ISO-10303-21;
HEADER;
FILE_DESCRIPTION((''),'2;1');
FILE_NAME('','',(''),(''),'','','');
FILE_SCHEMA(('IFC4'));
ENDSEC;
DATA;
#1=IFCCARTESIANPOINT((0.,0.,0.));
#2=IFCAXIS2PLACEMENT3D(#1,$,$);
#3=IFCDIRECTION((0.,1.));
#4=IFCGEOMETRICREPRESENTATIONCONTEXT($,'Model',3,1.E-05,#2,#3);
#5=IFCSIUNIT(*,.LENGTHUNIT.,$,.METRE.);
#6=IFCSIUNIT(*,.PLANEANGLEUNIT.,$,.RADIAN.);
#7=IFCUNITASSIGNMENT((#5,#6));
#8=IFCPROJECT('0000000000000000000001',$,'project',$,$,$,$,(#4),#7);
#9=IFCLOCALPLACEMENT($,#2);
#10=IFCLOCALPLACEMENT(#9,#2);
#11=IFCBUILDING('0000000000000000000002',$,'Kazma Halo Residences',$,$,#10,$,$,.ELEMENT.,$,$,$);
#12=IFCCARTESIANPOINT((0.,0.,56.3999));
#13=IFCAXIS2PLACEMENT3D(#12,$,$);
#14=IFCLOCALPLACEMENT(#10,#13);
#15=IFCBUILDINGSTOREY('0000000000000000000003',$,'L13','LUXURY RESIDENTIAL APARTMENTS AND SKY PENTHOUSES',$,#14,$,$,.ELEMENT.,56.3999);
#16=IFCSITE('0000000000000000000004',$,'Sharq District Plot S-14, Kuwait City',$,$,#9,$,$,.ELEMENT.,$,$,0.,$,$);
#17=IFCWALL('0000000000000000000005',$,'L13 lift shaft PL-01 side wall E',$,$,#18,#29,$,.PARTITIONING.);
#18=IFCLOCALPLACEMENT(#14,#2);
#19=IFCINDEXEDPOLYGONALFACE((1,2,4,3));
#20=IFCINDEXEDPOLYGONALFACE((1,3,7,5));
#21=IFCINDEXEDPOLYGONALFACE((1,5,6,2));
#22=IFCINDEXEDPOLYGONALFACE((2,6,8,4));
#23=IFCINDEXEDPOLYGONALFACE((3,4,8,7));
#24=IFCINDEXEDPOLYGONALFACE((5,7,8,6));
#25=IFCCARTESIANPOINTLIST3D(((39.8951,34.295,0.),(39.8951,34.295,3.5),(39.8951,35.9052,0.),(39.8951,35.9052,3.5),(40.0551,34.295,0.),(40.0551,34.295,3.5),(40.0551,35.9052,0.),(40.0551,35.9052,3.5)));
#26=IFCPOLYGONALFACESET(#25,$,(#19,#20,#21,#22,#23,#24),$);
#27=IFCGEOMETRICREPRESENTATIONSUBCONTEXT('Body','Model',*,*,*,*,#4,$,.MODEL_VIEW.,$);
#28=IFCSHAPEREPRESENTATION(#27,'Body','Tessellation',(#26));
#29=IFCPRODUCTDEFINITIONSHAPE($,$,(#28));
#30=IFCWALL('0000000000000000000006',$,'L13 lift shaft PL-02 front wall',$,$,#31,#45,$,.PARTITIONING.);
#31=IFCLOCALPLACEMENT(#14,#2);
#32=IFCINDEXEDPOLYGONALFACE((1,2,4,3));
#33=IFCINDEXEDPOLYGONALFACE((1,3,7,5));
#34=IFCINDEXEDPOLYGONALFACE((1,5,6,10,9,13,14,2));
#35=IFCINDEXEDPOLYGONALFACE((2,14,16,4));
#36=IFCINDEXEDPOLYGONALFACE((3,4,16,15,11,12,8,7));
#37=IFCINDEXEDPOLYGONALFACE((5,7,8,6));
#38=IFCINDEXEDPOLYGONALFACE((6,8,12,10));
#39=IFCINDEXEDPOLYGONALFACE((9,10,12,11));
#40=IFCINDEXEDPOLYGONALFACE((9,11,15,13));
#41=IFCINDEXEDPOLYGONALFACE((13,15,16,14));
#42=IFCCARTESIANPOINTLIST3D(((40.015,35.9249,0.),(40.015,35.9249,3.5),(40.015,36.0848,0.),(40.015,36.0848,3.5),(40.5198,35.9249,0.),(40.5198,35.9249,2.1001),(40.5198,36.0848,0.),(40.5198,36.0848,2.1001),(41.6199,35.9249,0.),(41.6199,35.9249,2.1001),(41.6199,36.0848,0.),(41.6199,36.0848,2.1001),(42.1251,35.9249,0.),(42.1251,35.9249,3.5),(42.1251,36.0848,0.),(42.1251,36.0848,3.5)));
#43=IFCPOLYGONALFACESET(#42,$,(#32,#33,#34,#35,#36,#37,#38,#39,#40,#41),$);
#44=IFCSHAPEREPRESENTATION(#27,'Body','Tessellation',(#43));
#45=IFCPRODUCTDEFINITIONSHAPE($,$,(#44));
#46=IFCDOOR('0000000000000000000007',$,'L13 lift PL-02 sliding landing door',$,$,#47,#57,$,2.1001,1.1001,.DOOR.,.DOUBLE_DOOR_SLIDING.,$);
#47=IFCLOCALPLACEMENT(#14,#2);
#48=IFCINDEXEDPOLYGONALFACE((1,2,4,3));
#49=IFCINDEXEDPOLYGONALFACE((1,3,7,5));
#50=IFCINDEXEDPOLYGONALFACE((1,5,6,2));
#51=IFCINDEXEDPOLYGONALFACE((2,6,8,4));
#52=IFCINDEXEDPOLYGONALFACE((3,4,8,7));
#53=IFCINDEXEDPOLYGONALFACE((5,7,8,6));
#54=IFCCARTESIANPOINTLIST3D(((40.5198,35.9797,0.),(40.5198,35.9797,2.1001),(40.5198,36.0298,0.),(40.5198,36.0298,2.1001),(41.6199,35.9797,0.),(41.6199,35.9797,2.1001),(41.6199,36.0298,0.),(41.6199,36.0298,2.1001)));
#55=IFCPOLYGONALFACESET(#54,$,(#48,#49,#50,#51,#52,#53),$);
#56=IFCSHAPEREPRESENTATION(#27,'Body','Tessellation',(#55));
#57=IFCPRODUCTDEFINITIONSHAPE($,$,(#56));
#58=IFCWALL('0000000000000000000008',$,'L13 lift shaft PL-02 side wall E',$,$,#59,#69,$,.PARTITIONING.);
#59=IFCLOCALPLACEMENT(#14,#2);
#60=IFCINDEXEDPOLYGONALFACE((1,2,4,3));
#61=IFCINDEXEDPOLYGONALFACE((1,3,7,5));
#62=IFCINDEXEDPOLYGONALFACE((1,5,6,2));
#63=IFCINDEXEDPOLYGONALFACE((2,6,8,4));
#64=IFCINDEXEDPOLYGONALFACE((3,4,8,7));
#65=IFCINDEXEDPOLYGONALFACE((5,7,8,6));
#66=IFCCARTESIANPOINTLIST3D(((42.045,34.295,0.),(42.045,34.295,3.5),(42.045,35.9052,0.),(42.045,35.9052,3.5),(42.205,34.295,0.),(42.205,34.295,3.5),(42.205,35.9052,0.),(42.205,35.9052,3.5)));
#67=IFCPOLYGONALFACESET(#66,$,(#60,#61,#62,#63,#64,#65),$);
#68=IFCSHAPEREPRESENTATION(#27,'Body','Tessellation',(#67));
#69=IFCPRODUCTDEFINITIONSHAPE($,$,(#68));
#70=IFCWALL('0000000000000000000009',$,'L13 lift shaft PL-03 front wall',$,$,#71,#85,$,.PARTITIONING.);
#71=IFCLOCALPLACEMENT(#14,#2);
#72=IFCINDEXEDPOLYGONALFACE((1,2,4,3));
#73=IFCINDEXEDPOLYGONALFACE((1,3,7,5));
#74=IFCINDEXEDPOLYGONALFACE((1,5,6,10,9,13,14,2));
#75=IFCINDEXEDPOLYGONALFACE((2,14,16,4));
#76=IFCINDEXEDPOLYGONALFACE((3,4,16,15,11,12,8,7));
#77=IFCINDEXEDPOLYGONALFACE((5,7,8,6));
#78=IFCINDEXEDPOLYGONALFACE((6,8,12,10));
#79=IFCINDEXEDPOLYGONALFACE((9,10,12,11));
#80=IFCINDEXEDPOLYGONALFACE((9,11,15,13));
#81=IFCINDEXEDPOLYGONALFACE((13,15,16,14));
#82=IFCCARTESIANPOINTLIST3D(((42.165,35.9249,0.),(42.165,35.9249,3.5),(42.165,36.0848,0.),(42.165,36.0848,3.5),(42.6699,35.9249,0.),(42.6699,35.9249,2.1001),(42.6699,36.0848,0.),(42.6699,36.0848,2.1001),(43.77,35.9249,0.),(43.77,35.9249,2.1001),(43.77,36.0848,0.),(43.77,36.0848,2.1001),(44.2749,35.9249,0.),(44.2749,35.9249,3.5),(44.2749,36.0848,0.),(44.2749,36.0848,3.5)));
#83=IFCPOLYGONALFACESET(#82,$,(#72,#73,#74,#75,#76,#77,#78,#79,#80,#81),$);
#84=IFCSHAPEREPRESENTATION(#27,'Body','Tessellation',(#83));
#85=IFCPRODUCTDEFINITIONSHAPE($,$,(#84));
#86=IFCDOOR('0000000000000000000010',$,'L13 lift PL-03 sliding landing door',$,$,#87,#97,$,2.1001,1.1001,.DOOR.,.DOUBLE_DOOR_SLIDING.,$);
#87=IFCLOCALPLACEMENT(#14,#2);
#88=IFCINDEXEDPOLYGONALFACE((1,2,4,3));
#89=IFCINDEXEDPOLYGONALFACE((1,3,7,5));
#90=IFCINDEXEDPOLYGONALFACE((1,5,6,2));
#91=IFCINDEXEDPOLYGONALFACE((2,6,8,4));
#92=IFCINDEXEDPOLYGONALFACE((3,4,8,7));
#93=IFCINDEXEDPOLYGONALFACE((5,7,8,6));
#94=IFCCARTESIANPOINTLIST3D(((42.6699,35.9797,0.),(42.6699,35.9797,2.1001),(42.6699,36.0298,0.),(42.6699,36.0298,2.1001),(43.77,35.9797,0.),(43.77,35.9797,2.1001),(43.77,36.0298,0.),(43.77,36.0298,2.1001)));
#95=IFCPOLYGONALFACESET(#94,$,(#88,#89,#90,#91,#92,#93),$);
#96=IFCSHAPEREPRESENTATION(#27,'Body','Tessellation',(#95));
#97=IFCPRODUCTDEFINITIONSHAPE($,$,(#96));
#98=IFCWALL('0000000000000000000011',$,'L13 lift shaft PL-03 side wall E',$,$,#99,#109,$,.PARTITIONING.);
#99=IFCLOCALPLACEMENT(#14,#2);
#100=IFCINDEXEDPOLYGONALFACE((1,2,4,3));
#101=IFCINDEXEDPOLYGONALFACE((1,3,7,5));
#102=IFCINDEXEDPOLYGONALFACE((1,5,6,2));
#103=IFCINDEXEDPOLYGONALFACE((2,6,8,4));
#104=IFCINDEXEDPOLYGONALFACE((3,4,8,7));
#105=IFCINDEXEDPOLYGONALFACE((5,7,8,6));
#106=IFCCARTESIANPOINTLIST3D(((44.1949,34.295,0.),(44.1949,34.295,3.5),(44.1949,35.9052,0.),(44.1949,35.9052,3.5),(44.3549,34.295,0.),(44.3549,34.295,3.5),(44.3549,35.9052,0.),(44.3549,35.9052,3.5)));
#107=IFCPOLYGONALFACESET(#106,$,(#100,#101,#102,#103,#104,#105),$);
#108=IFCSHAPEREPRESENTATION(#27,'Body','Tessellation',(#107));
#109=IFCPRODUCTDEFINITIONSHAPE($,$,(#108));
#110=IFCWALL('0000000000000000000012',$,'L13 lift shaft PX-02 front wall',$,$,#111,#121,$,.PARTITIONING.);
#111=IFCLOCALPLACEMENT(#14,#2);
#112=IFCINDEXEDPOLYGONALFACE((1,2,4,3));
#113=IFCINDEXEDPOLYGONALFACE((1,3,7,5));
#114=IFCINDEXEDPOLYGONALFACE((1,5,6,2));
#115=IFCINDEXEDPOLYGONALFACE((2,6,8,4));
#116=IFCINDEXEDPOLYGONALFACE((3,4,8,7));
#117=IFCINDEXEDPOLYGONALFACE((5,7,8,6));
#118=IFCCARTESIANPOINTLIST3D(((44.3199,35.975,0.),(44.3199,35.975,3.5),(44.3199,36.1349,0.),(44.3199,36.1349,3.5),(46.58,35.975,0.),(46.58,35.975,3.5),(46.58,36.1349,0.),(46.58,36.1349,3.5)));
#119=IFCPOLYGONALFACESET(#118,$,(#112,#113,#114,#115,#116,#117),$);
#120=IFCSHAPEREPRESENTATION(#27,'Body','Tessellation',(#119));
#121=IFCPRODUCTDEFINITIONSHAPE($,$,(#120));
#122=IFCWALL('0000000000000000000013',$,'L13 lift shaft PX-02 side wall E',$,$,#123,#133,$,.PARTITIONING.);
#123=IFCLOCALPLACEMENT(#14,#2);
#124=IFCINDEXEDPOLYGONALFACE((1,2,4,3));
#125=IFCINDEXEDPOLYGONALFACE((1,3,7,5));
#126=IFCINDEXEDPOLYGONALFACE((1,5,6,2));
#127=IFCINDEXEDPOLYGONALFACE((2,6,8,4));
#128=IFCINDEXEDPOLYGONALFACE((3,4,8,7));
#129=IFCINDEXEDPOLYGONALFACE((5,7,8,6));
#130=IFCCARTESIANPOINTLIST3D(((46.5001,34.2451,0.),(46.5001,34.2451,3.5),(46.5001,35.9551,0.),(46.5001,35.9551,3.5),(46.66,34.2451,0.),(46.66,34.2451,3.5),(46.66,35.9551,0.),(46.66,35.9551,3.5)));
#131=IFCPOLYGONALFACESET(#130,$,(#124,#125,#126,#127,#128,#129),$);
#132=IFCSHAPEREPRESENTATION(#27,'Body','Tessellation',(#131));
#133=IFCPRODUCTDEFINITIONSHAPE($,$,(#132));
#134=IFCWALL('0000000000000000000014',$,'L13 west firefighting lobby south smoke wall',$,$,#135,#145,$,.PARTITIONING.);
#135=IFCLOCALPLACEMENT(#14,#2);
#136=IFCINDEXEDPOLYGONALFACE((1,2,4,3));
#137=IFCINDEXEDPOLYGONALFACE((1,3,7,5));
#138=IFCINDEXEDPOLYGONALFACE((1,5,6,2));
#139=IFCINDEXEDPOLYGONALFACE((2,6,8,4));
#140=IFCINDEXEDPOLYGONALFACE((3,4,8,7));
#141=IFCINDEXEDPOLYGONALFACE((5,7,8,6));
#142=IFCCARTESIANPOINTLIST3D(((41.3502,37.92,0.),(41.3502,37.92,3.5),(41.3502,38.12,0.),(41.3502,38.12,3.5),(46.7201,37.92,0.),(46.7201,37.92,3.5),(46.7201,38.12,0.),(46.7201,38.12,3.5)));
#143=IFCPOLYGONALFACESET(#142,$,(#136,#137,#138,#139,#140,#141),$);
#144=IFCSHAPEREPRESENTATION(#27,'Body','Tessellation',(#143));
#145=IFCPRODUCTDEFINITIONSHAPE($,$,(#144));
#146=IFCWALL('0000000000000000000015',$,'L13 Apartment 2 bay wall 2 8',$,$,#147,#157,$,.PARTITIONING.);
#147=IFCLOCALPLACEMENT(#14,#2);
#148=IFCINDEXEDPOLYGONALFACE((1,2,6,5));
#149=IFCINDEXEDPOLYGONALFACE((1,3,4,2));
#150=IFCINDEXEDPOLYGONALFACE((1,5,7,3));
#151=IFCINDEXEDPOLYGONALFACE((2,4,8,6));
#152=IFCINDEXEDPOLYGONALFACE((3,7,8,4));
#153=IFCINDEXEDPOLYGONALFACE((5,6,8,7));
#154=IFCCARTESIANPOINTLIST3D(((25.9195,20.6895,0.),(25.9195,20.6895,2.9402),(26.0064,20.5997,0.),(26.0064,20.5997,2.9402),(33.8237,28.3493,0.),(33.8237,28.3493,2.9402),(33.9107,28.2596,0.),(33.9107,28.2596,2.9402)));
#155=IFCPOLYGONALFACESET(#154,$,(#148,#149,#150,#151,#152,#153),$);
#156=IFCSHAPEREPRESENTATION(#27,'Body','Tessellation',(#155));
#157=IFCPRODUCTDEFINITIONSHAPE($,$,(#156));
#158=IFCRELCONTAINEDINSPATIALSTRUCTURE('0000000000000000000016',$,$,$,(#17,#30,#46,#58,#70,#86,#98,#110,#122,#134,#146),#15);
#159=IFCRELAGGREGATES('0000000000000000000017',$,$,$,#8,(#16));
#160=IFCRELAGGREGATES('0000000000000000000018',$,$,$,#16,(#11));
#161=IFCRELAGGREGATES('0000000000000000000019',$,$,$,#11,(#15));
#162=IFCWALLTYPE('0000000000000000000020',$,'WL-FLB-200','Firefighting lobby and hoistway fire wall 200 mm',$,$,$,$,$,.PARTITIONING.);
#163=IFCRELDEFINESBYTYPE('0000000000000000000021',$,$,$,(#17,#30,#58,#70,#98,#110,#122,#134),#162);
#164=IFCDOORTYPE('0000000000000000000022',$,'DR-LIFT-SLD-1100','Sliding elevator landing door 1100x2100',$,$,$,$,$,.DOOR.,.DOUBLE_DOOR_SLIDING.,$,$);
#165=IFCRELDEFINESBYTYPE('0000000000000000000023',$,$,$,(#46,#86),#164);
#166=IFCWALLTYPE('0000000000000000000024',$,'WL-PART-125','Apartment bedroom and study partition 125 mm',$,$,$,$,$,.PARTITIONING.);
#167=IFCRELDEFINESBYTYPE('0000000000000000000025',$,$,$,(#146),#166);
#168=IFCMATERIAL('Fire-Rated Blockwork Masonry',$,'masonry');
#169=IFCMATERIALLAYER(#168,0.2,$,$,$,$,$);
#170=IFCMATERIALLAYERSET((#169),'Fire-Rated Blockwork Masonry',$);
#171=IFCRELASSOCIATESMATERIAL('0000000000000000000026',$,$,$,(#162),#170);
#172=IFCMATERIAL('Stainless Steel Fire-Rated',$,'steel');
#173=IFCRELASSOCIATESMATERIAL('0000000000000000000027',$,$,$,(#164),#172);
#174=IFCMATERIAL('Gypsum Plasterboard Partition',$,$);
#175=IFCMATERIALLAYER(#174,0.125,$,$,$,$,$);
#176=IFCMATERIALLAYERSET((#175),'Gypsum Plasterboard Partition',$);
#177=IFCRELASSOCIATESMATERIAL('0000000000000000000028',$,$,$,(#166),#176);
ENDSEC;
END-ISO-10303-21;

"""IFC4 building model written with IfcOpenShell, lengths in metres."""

from ifc_helpers import new_model, si_unit, direction, frame, frame_2d, origin, place, context, subcontext, project, spatial, rectangle, extrude, material, layer, layer_set, type_object, element, fill, save


model = new_model("IFC4")

# Units and contexts
model_context = context("Model", 3, precision=1e-05, world=origin(), true_north=direction((0.0, 1.0)))
body_context = subcontext(model_context, "Body", "Model", "MODEL_VIEW")
ifc_project = project(units=[si_unit("LENGTHUNIT", "METRE"), si_unit("PLANEANGLEUNIT", "RADIAN")], contexts=[model_context])

# Site, building, storey
site_placement = place(None, origin())
site = spatial("IfcSite", under=ifc_project, at=site_placement, Name="Sharq District Plot S-14, Kuwait City", CompositionType="ELEMENT", RefElevation=0.0)
building_placement = place(site_placement, origin())
building = spatial("IfcBuilding", under=site, at=building_placement, Name="Kazma Halo Residences", CompositionType="ELEMENT")
storey_placement = place(building_placement, frame((0.0, 0.0, 56.3999)))
storey = spatial("IfcBuildingStorey", under=building, at=storey_placement, Name="L13", Description="LUXURY RESIDENTIAL APARTMENTS AND SKY PENTHOUSES", CompositionType="ELEMENT", Elevation=56.3999)

# Shared definitions
ifc_material_1 = material(Name="Fire-Rated Blockwork Masonry", Category="masonry")
ifc_layer_1 = layer(ifc_material_1, 0.2)
ifc_layer_set_1 = layer_set([ifc_layer_1], Name="Fire-Rated Blockwork Masonry")
wall_type_1 = type_object("IfcWallType", Name="WL-FLB-200", Description="Firefighting lobby and hoistway fire wall 200 mm", PredefinedType="PARTITIONING", material=ifc_layer_set_1)
ifc_material_2 = material(Name="Stainless Steel Fire-Rated", Category="steel")
door_type_1 = type_object("IfcDoorType", Name="DR-LIFT-SLD-1100", Description="Sliding elevator landing door 1100x2100", OperationType="DOUBLE_DOOR_SLIDING", PredefinedType="DOOR", material=ifc_material_2)

# Wall
wall_1_placement = place(storey_placement, frame((39.9751, 34.2949, 0.0), z_axis=(0.0, 0.0, 1.0), x_axis=(0.0, 1.0, 0.0)))
element("IfcWall", 1, at=wall_1_placement, inside=storey, type_object=wall_type_1, Name="L13 lift shaft PL-01 side wall E", PredefinedType="PARTITIONING", context=body_context, shape_type="SweptSolid", body=[
    extrude(rectangle(XDim=1.6101, YDim=0.1599, at=frame_2d((0.8052, 0.0))), origin(), (0.0, 0.0, 1.0), 3.5),
])

# Wall, opening, door
wall_2_placement = place(storey_placement, frame((40.0149, 36.0049, 0.0), z_axis=(0.0, 0.0, 1.0), x_axis=(1.0, 0.0, 0.0)))
wall_2 = element("IfcWall", 2, at=wall_2_placement, inside=storey, type_object=wall_type_1, Name="L13 lift shaft PL-02 front wall", PredefinedType="PARTITIONING", context=body_context, shape_type="SweptSolid", body=[
    extrude(rectangle(XDim=2.1101, YDim=0.1599, at=frame_2d((1.0552, 0.0))), origin(), (0.0, 0.0, 1.0), 3.5),
])
opening_1_placement = place(wall_2_placement, frame((0.5049, 0.0, 0.0)))
opening_1 = element("IfcOpeningElement", 3, at=opening_1_placement, cuts=wall_2, PredefinedType="OPENING", context=body_context, shape_type="SweptSolid", body=[
    extrude(rectangle(XDim=1.1001, YDim=2.1001, at=frame_2d((0.55, 1.05))), frame((0.0, 0.0898, 0.0), z_axis=(0.0, -1.0, 0.0), x_axis=(1.0, 0.0, 0.0)), (0.0, 0.0, 1.0), 0.1799),
])
door_1_placement = place(opening_1_placement, origin())
door_1 = element("IfcDoor", 4, at=door_1_placement, inside=storey, type_object=door_type_1, Name="L13 lift PL-02 sliding landing door", OperationType="DOUBLE_DOOR_SLIDING", OverallHeight=2.1001, OverallWidth=1.1001, PredefinedType="DOOR", context=body_context, shape_type="SweptSolid", body=[
    extrude(rectangle(XDim=1.1001, YDim=2.1001, at=frame_2d((0.55, 1.05))), frame((0.0, 0.0249, 0.0), z_axis=(0.0, -1.0, 0.0), x_axis=(1.0, 0.0, 0.0)), (0.0, 0.0, 1.0), 0.05),
])
fill(opening_1, door_1)

# Wall
wall_3_placement = place(storey_placement, frame((42.125, 34.2949, 0.0), z_axis=(0.0, 0.0, 1.0), x_axis=(0.0, 1.0, 0.0)))
element("IfcWall", 5, at=wall_3_placement, inside=storey, type_object=wall_type_1, Name="L13 lift shaft PL-02 side wall E", PredefinedType="PARTITIONING", context=body_context, shape_type="SweptSolid", body=[
    extrude(rectangle(XDim=1.6101, YDim=0.1599, at=frame_2d((0.8052, 0.0))), origin(), (0.0, 0.0, 1.0), 3.5),
])

# Wall, opening, door
wall_4_placement = place(storey_placement, frame((42.165, 36.0049, 0.0), z_axis=(0.0, 0.0, 1.0), x_axis=(1.0, 0.0, 0.0)))
wall_4 = element("IfcWall", 6, at=wall_4_placement, inside=storey, type_object=wall_type_1, Name="L13 lift shaft PL-03 front wall", PredefinedType="PARTITIONING", context=body_context, shape_type="SweptSolid", body=[
    extrude(rectangle(XDim=2.1099, YDim=0.1599, at=frame_2d((1.0549, 0.0))), origin(), (0.0, 0.0, 1.0), 3.5),
])
opening_2_placement = place(wall_4_placement, frame((0.5049, 0.0, 0.0)))
opening_2 = element("IfcOpeningElement", 7, at=opening_2_placement, cuts=wall_4, PredefinedType="OPENING", context=body_context, shape_type="SweptSolid", body=[
    extrude(rectangle(XDim=1.1001, YDim=2.1001, at=frame_2d((0.55, 1.05))), frame((0.0, 0.0898, 0.0), z_axis=(0.0, -1.0, 0.0), x_axis=(1.0, 0.0, 0.0)), (0.0, 0.0, 1.0), 0.1799),
])
door_2_placement = place(opening_2_placement, origin())
door_2 = element("IfcDoor", 8, at=door_2_placement, inside=storey, type_object=door_type_1, Name="L13 lift PL-03 sliding landing door", OperationType="DOUBLE_DOOR_SLIDING", OverallHeight=2.1001, OverallWidth=1.1001, PredefinedType="DOOR", context=body_context, shape_type="SweptSolid", body=[
    extrude(rectangle(XDim=1.1001, YDim=2.1001, at=frame_2d((0.55, 1.05))), frame((0.0, 0.0249, 0.0), z_axis=(0.0, -1.0, 0.0), x_axis=(1.0, 0.0, 0.0)), (0.0, 0.0, 1.0), 0.05),
])
fill(opening_2, door_2)

# Walls
wall_5_placement = place(storey_placement, frame((44.2749, 34.2949, 0.0), z_axis=(0.0, 0.0, 1.0), x_axis=(0.0, 1.0, 0.0)))
element("IfcWall", 9, at=wall_5_placement, inside=storey, type_object=wall_type_1, Name="L13 lift shaft PL-03 side wall E", PredefinedType="PARTITIONING", context=body_context, shape_type="SweptSolid", body=[
    extrude(rectangle(XDim=1.6101, YDim=0.1599, at=frame_2d((0.8052, 0.0))), origin(), (0.0, 0.0, 1.0), 3.5),
])
wall_6_placement = place(storey_placement, frame((44.3201, 36.0549, 0.0), z_axis=(0.0, 0.0, 1.0), x_axis=(1.0, 0.0, 0.0)))
element("IfcWall", 10, at=wall_6_placement, inside=storey, type_object=wall_type_1, Name="L13 lift shaft PX-02 front wall", PredefinedType="PARTITIONING", context=body_context, shape_type="SweptSolid", body=[
    extrude(rectangle(XDim=2.26, YDim=0.1599, at=frame_2d((1.1299, 0.0))), origin(), (0.0, 0.0, 1.0), 3.5),
])
wall_7_placement = place(storey_placement, frame((46.5801, 34.2451, 0.0), z_axis=(0.0, 0.0, 1.0), x_axis=(0.0, 1.0, 0.0)))
element("IfcWall", 11, at=wall_7_placement, inside=storey, type_object=wall_type_1, Name="L13 lift shaft PX-02 side wall E", PredefinedType="PARTITIONING", context=body_context, shape_type="SweptSolid", body=[
    extrude(rectangle(XDim=1.71, YDim=0.1599, at=frame_2d((0.855, 0.0))), origin(), (0.0, 0.0, 1.0), 3.5),
])
wall_8_placement = place(storey_placement, frame((41.3501, 38.02, 0.0), z_axis=(0.0, 0.0, 1.0), x_axis=(1.0, 0.0, 0.0)))
element("IfcWall", 12, at=wall_8_placement, inside=storey, type_object=wall_type_1, Name="L13 west firefighting lobby south smoke wall", PredefinedType="PARTITIONING", context=body_context, shape_type="SweptSolid", body=[
    extrude(rectangle(XDim=5.3699, YDim=0.2, at=frame_2d((2.6851, 0.0))), origin(), (0.0, 0.0, 1.0), 3.5),
])
ifc_material_3 = material(Name="Gypsum Plasterboard Partition")
ifc_layer_2 = layer(ifc_material_3, 0.125)
ifc_layer_set_2 = layer_set([ifc_layer_2], Name="Gypsum Plasterboard Partition")
wall_type_2 = type_object("IfcWallType", Name="WL-PART-125", Description="Apartment bedroom and study partition 125 mm", PredefinedType="PARTITIONING", material=ifc_layer_set_2)
wall_9_placement = place(storey_placement, frame((33.8672, 28.3044, 0.0), z_axis=(0.0, 0.0, 1.0), x_axis=(-0.718121, -0.695918, 0.0)))
element("IfcWall", 13, at=wall_9_placement, inside=storey, type_object=wall_type_2, Name="L13 Apartment 2 bay wall 2 8", PredefinedType="PARTITIONING", context=body_context, shape_type="SweptSolid", body=[
    extrude(rectangle(XDim=11.0068, YDim=0.125, at=frame_2d((5.5034, 0.0))), origin(), (0.0, 0.0, 1.0), 2.9402),
])

save(model, "model.ifc")
